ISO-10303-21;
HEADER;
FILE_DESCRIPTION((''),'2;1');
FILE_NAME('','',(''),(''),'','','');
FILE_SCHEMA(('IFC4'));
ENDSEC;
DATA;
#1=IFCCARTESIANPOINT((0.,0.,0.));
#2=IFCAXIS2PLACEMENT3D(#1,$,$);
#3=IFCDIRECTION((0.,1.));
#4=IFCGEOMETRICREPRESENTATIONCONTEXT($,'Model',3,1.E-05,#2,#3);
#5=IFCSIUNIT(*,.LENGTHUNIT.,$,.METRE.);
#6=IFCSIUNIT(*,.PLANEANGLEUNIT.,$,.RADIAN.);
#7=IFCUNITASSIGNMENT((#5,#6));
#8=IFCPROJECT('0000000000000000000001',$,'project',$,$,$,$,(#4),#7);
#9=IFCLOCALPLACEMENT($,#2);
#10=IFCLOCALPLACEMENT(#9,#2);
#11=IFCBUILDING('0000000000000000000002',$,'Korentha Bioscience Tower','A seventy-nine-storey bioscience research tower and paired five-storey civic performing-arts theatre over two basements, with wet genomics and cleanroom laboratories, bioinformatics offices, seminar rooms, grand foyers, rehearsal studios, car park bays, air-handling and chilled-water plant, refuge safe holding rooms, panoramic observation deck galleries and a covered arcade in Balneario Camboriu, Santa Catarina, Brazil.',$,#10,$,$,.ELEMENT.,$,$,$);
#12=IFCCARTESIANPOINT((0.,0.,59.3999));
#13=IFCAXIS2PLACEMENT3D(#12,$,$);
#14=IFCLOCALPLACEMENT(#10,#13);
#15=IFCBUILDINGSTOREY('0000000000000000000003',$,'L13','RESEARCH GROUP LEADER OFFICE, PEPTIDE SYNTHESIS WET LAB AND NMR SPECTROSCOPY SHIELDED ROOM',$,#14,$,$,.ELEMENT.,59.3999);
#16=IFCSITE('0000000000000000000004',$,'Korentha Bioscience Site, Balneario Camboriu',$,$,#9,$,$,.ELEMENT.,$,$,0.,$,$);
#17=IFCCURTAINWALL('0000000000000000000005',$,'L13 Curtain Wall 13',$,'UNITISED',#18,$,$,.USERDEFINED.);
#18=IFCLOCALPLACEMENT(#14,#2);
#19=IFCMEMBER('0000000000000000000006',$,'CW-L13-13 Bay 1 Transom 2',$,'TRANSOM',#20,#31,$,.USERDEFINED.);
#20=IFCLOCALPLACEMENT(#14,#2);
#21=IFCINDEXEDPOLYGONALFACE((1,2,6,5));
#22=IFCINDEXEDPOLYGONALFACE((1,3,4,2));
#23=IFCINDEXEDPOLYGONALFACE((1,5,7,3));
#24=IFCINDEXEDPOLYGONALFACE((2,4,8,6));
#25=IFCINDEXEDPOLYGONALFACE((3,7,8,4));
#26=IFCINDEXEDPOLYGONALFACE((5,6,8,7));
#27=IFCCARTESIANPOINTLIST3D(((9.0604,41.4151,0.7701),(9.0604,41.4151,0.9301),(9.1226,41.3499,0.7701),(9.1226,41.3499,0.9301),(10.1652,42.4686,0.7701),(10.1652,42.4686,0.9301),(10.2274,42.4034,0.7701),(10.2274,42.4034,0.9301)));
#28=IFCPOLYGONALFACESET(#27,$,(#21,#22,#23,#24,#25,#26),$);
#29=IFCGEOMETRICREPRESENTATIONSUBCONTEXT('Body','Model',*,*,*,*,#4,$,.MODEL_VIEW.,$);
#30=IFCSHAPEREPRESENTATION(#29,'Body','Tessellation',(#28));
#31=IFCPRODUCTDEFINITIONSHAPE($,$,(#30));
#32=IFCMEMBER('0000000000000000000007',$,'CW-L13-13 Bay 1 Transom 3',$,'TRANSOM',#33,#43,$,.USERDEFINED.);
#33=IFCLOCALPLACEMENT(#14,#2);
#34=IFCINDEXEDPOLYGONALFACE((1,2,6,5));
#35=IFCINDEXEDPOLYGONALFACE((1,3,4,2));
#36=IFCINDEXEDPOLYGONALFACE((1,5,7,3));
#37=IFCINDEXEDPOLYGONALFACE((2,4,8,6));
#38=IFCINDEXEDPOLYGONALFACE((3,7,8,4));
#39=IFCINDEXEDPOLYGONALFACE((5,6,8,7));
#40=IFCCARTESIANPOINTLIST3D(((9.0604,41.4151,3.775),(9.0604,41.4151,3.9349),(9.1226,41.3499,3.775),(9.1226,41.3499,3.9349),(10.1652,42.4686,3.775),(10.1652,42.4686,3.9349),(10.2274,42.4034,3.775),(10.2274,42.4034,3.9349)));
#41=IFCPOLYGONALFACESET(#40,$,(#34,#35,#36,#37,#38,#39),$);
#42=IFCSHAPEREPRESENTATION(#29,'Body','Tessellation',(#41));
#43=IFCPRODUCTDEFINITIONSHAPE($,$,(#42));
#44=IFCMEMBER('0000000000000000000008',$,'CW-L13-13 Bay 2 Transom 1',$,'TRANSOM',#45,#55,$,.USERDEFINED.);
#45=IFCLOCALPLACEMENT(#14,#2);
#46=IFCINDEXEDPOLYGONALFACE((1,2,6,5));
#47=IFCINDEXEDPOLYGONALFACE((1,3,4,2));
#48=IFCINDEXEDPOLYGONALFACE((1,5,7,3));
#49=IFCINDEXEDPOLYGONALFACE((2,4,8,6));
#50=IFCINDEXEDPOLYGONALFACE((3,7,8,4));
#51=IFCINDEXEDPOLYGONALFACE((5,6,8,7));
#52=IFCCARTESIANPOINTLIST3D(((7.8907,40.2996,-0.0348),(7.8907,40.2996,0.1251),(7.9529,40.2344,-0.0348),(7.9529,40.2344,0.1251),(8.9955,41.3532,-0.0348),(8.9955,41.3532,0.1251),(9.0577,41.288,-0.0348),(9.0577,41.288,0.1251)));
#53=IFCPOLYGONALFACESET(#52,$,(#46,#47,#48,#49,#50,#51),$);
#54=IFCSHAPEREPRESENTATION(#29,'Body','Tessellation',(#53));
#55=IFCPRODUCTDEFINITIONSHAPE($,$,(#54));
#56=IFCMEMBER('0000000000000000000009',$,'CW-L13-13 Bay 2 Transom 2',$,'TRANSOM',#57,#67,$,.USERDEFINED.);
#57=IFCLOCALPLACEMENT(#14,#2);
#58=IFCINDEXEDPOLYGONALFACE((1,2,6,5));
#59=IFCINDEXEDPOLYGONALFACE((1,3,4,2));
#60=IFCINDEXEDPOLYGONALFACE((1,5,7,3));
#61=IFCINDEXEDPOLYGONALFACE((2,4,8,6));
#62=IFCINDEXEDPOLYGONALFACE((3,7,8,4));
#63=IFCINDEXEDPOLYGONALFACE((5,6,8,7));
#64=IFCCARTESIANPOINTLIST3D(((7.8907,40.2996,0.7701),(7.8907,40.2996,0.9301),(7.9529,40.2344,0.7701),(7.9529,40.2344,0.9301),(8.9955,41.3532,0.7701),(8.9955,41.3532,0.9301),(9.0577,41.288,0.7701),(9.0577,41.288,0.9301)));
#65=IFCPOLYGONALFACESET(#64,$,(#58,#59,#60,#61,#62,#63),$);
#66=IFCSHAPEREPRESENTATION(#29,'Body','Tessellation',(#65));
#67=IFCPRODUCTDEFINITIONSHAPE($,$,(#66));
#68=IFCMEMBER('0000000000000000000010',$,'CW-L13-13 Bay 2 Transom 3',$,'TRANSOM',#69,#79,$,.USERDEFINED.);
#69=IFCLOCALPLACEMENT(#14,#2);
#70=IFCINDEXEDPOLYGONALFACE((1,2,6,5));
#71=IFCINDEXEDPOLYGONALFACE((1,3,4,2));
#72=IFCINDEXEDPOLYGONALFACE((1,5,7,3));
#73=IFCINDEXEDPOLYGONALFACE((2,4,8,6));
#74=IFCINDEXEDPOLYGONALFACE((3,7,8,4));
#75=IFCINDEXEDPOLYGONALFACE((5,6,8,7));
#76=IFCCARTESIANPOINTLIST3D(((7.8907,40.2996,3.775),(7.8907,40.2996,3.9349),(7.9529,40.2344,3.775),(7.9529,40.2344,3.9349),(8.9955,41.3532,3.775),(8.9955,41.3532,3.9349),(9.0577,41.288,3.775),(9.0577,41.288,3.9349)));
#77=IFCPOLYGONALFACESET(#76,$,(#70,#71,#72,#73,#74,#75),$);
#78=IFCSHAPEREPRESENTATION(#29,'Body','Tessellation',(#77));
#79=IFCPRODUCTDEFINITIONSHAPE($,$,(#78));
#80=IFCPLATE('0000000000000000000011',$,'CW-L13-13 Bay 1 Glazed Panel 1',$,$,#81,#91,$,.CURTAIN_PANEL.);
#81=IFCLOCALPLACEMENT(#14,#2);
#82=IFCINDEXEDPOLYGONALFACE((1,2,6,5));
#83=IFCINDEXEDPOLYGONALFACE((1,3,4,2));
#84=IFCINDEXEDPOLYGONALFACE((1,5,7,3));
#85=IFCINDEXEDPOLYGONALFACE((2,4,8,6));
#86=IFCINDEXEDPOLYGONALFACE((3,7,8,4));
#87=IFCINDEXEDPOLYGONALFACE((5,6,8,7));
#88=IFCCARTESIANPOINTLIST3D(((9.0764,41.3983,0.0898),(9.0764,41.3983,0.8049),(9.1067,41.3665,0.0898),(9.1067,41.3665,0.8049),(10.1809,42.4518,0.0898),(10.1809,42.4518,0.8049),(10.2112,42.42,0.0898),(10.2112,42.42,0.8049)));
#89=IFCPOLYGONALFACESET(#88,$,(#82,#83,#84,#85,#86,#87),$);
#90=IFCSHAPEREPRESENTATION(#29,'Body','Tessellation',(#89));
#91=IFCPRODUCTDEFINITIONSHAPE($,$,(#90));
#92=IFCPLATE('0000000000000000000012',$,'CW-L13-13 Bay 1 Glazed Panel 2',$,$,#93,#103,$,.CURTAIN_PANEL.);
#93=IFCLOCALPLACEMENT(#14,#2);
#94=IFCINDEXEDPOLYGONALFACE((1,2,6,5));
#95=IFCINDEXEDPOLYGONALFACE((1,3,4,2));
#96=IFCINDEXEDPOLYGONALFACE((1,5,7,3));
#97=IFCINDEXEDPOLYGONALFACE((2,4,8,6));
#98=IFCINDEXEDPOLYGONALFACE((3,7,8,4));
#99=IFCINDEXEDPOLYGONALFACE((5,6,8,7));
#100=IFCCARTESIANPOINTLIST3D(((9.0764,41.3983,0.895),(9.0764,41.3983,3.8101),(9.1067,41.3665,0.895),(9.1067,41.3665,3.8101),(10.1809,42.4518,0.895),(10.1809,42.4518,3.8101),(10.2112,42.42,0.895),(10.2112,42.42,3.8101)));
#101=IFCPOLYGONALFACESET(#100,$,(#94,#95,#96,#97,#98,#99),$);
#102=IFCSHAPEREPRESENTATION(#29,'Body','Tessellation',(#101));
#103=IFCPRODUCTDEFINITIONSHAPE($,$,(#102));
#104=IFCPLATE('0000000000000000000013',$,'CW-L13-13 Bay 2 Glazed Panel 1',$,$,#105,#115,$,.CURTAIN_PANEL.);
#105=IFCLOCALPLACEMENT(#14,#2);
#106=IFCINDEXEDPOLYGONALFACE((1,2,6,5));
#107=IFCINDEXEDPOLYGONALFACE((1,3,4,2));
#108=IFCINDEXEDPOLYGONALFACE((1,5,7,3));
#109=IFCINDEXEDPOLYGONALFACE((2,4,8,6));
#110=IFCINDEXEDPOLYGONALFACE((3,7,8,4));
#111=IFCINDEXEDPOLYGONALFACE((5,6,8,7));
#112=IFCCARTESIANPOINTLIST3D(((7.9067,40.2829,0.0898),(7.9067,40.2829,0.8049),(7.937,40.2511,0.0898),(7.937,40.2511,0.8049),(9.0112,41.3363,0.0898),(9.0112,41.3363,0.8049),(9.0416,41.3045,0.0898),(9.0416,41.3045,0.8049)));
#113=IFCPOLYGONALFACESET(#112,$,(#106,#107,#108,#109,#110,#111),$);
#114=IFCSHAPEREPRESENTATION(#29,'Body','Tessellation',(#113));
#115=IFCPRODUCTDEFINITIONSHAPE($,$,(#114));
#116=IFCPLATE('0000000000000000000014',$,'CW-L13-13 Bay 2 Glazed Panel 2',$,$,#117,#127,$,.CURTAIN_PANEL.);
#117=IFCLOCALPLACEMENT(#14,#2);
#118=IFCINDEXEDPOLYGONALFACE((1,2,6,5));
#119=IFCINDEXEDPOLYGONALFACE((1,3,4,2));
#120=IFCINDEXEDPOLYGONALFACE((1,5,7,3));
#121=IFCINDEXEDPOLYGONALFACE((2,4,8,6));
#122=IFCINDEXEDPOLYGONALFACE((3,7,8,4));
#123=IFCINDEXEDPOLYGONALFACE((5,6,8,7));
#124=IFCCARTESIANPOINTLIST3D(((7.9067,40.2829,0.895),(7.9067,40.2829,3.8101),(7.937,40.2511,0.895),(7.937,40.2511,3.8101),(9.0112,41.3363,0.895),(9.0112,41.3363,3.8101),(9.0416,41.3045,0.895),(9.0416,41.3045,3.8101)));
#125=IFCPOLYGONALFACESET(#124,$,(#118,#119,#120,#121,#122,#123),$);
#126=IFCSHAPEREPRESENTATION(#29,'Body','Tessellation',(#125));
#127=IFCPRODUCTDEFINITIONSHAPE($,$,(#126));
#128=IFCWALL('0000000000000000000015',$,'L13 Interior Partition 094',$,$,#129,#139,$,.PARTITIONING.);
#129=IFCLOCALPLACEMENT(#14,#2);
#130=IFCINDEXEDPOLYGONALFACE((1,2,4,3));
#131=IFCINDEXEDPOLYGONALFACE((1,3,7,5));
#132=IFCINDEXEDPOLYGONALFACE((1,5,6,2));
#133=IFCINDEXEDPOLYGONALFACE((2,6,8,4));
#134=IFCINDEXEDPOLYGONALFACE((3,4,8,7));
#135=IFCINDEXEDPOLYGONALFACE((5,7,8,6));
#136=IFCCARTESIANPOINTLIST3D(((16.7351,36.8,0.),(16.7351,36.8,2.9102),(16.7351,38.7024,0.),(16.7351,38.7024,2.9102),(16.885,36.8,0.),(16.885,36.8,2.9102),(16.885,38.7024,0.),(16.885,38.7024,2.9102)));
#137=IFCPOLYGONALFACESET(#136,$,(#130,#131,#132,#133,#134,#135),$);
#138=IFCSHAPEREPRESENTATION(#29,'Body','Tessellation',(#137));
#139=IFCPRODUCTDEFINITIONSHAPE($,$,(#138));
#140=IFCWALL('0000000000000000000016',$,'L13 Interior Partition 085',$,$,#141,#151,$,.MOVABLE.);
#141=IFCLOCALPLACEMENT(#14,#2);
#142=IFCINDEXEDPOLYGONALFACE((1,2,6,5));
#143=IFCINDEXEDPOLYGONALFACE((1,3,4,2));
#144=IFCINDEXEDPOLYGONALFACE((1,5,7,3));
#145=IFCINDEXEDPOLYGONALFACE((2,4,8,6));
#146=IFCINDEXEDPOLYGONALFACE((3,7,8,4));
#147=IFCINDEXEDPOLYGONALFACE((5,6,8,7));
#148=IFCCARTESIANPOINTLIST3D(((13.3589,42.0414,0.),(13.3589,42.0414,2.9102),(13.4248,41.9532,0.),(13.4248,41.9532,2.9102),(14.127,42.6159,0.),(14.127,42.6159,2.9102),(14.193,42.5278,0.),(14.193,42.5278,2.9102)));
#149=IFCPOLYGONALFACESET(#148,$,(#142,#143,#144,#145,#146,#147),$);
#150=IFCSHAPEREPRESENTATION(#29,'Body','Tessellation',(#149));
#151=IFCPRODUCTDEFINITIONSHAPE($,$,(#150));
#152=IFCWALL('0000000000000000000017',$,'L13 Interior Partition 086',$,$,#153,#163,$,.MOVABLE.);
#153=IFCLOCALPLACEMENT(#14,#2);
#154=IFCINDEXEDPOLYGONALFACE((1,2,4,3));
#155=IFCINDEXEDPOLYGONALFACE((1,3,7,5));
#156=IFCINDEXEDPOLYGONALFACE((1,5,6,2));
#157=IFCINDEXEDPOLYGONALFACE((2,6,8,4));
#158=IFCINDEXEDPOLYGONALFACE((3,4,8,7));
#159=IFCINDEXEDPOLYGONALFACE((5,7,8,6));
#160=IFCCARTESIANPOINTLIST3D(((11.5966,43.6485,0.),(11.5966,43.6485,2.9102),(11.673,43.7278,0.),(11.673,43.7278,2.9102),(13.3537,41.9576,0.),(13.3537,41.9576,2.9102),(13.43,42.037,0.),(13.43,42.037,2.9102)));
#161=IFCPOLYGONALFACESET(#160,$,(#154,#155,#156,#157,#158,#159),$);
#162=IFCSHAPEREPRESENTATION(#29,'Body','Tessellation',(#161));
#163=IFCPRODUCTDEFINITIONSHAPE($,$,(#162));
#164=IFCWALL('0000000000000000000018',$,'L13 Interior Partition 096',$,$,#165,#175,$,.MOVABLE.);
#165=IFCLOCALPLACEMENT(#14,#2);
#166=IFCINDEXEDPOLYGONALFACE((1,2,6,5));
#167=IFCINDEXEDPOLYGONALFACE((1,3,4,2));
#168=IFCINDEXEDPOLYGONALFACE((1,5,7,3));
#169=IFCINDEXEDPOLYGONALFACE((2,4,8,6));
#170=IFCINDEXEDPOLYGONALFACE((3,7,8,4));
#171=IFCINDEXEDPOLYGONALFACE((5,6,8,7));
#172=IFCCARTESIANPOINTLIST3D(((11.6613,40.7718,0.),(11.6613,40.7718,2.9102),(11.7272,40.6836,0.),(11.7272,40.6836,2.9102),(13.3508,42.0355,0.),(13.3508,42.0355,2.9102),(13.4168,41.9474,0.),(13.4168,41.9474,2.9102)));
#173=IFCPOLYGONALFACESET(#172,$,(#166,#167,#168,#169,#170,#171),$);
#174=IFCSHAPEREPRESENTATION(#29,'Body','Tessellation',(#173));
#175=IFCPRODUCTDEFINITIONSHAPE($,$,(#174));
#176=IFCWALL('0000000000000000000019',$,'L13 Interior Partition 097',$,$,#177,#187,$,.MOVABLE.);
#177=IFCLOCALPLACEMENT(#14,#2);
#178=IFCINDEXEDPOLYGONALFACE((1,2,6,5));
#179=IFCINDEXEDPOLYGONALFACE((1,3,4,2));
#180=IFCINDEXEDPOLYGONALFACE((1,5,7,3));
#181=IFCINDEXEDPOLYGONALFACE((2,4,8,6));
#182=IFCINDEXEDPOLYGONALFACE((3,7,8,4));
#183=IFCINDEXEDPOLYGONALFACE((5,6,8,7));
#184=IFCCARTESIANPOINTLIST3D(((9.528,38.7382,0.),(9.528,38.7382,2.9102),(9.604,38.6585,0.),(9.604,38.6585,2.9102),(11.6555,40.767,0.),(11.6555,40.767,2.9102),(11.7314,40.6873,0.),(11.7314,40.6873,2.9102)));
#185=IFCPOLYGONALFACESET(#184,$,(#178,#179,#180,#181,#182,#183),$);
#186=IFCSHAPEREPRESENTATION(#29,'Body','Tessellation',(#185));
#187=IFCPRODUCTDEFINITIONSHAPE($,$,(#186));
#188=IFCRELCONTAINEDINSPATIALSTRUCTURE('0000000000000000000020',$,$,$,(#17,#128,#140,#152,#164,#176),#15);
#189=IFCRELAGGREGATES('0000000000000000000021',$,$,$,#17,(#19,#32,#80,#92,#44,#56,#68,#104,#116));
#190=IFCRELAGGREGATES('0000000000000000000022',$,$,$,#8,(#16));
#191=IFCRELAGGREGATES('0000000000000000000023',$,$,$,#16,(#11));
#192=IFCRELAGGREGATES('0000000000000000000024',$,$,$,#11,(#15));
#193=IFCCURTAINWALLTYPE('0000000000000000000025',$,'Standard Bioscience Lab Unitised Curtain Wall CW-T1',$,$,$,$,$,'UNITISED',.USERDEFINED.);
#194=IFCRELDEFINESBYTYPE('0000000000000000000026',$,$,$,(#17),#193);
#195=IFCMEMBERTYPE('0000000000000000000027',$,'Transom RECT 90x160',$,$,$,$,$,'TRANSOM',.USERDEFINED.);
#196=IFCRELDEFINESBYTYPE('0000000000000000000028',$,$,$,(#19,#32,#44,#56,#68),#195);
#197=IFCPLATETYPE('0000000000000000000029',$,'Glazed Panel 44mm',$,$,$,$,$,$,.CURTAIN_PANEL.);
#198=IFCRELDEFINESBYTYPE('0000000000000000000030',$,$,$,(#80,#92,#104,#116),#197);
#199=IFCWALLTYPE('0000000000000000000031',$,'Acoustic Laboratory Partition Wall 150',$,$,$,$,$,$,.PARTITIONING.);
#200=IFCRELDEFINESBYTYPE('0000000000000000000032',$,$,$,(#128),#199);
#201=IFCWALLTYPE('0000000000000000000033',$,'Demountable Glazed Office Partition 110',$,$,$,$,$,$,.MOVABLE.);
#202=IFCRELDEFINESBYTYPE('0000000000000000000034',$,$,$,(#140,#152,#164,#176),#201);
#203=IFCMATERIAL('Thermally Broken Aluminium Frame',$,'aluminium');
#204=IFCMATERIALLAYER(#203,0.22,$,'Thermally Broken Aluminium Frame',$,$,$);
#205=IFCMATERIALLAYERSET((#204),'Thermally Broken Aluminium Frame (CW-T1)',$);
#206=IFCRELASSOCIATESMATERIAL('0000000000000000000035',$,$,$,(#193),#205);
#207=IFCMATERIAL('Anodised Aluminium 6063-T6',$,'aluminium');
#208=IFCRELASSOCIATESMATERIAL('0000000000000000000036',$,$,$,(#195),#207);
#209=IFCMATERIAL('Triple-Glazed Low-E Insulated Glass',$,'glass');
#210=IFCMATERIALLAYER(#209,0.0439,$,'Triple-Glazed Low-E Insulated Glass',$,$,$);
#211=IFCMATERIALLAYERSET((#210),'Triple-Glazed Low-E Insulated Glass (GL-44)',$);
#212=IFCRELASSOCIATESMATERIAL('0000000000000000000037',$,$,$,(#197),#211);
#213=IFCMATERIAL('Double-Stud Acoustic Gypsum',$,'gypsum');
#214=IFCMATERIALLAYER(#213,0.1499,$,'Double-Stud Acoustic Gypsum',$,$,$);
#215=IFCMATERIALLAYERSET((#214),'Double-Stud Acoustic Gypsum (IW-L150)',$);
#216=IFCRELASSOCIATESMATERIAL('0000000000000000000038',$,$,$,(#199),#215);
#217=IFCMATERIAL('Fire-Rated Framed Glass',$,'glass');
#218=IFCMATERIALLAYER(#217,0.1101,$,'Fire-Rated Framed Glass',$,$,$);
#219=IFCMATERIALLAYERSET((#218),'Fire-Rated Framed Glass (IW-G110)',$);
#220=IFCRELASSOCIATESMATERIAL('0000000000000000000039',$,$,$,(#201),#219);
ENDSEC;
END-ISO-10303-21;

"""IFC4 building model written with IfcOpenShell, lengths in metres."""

from ifc_helpers import new_model, si_unit, direction, frame, frame_2d, origin, origin_2d, place, context, subcontext, project, spatial, rectangle, extrude, material, layer, layer_set, material_profile, profile_set, type_object, element, aggregate, save


model = new_model("IFC4")

# Units and contexts
model_context = context("Model", 3, precision=1e-05, world=origin(), true_north=direction((0.0, 1.0)))
body_context = subcontext(model_context, "Body", "Model", "MODEL_VIEW")
ifc_project = project(units=[si_unit("LENGTHUNIT", "METRE"), si_unit("PLANEANGLEUNIT", "RADIAN")], contexts=[model_context])

# Site, building, storey
site_placement = place(None, origin())
site = spatial("IfcSite", under=ifc_project, at=site_placement, Name="Korentha Bioscience Site, Balneario Camboriu", CompositionType="ELEMENT", RefElevation=0.0)
building_placement = place(site_placement, origin())
building = spatial("IfcBuilding", under=site, at=building_placement, Name="Korentha Bioscience Tower", Description="A seventy-nine-storey bioscience research tower and paired five-storey civic performing-arts theatre over two basements, with wet genomics and cleanroom laboratories, bioinformatics offices, seminar rooms, grand foyers, rehearsal studios, car park bays, air-handling and chilled-water plant, refuge safe holding rooms, panoramic observation deck galleries and a covered arcade in Balneario Camboriu, Santa Catarina, Brazil.", CompositionType="ELEMENT")
storey_placement = place(building_placement, frame((0.0, 0.0, 59.3999)))
storey = spatial("IfcBuildingStorey", under=building, at=storey_placement, Name="L13", Description="RESEARCH GROUP LEADER OFFICE, PEPTIDE SYNTHESIS WET LAB AND NMR SPECTROSCOPY SHIELDED ROOM", CompositionType="ELEMENT", Elevation=59.3999)

# Curtain wall
ifc_material_1 = material(Name="Thermally Broken Aluminium Frame", Category="aluminium")
ifc_layer_1 = layer(ifc_material_1, 0.22, Name="Thermally Broken Aluminium Frame")
ifc_layer_set_1 = layer_set([ifc_layer_1], Name="Thermally Broken Aluminium Frame (CW-T1)")
curtain_wall_type = type_object("IfcCurtainWallType", Name="Standard Bioscience Lab Unitised Curtain Wall CW-T1", ElementType="UNITISED", PredefinedType="USERDEFINED", material=ifc_layer_set_1)
curtain_wall_placement = place(storey_placement, origin())
curtain_wall = element("IfcCurtainWall", 1, at=curtain_wall_placement, inside=storey, type_object=curtain_wall_type, Name="L13 Curtain Wall 13", ObjectType="UNITISED", PredefinedType="USERDEFINED")
ifc_material_2 = material(Name="Anodised Aluminium 6063-T6", Category="aluminium")

# Members
ifc_material_profile_1 = material_profile(ifc_material_2, rectangle(XDim=0.0901, YDim=0.1599, at=origin_2d()), Name="Anodised Aluminium 6063-T6")
ifc_profile_set_1 = profile_set([ifc_material_profile_1], Name="Anodised Aluminium 6063-T6 (CW-TRN)")
member_type_1 = type_object("IfcMemberType", Name="Transom RECT 90x160", ElementType="TRANSOM", PredefinedType="USERDEFINED", material=ifc_profile_set_1)
member_1_placement = place(storey_placement, frame((10.1963, 42.436, 0.8501), z_axis=(-0.7237, -0.690114, 0.0), x_axis=(0.690114, -0.7237, 0.0)))
member_1 = element("IfcMember", 2, at=member_1_placement, type_object=member_type_1, Name="CW-L13-13 Bay 1 Transom 2", ObjectType="TRANSOM", PredefinedType="USERDEFINED", context=body_context, shape_type="SweptSolid", body=[
    extrude(rectangle(XDim=0.0901, YDim=0.1599, at=origin_2d()), origin(), (0.0, 0.0, 1.0), 1.5266),
])
member_2_placement = place(storey_placement, frame((10.1963, 42.436, 3.855), z_axis=(-0.7237, -0.690114, 0.0), x_axis=(0.690114, -0.7237, 0.0)))
member_2 = element("IfcMember", 3, at=member_2_placement, type_object=member_type_1, Name="CW-L13-13 Bay 1 Transom 3", ObjectType="TRANSOM", PredefinedType="USERDEFINED", context=body_context, shape_type="SweptSolid", body=[
    extrude(rectangle(XDim=0.0901, YDim=0.1599, at=origin_2d()), origin(), (0.0, 0.0, 1.0), 1.5266),
])
member_3_placement = place(storey_placement, frame((9.0266, 41.3206, 0.0452), z_axis=(-0.7237, -0.690114, 0.0), x_axis=(0.690114, -0.7237, 0.0)))
member_3 = element("IfcMember", 4, at=member_3_placement, type_object=member_type_1, Name="CW-L13-13 Bay 2 Transom 1", ObjectType="TRANSOM", PredefinedType="USERDEFINED", context=body_context, shape_type="SweptSolid", body=[
    extrude(rectangle(XDim=0.0901, YDim=0.1599, at=origin_2d()), origin(), (0.0, 0.0, 1.0), 1.5266),
])
member_4_placement = place(storey_placement, frame((9.0266, 41.3206, 0.8501), z_axis=(-0.7237, -0.690114, 0.0), x_axis=(0.690114, -0.7237, 0.0)))
member_4 = element("IfcMember", 5, at=member_4_placement, type_object=member_type_1, Name="CW-L13-13 Bay 2 Transom 2", ObjectType="TRANSOM", PredefinedType="USERDEFINED", context=body_context, shape_type="SweptSolid", body=[
    extrude(rectangle(XDim=0.0901, YDim=0.1599, at=origin_2d()), origin(), (0.0, 0.0, 1.0), 1.5266),
])
member_5_placement = place(storey_placement, frame((9.0266, 41.3206, 3.855), z_axis=(-0.7237, -0.690114, 0.0), x_axis=(0.690114, -0.7237, 0.0)))
member_5 = element("IfcMember", 6, at=member_5_placement, type_object=member_type_1, Name="CW-L13-13 Bay 2 Transom 3", ObjectType="TRANSOM", PredefinedType="USERDEFINED", context=body_context, shape_type="SweptSolid", body=[
    extrude(rectangle(XDim=0.0901, YDim=0.1599, at=origin_2d()), origin(), (0.0, 0.0, 1.0), 1.5266),
])

# Plates
ifc_material_3 = material(Name="Triple-Glazed Low-E Insulated Glass", Category="glass")
ifc_layer_2 = layer(ifc_material_3, 0.0439, Name="Triple-Glazed Low-E Insulated Glass")
ifc_layer_set_2 = layer_set([ifc_layer_2], Name="Triple-Glazed Low-E Insulated Glass (GL-44)")
plate_type = type_object("IfcPlateType", Name="Glazed Panel 44mm", PredefinedType="CURTAIN_PANEL", material=ifc_layer_set_2)
plate_1_placement = place(storey_placement, frame((9.6438, 41.9092, 0.0898), z_axis=(0.0, 0.0, 1.0), x_axis=(-0.723642, -0.690176, 0.0)))
plate_1 = element("IfcPlate", 7, at=plate_1_placement, type_object=plate_type, Name="CW-L13-13 Bay 1 Glazed Panel 1", PredefinedType="CURTAIN_PANEL", context=body_context, shape_type="SweptSolid", body=[
    extrude(rectangle(XDim=1.5264, YDim=0.0439, at=origin_2d()), origin(), (0.0, 0.0, 1.0), 0.7151),
])
plate_2_placement = place(storey_placement, frame((9.6438, 41.9092, 0.895), z_axis=(0.0, 0.0, 1.0), x_axis=(-0.723642, -0.690176, 0.0)))
plate_2 = element("IfcPlate", 8, at=plate_2_placement, type_object=plate_type, Name="CW-L13-13 Bay 1 Glazed Panel 2", PredefinedType="CURTAIN_PANEL", context=body_context, shape_type="SweptSolid", body=[
    extrude(rectangle(XDim=1.5264, YDim=0.0439, at=origin_2d()), origin(), (0.0, 0.0, 1.0), 2.915),
])
plate_3_placement = place(storey_placement, frame((8.4741, 40.7937, 0.0898), z_axis=(0.0, 0.0, 1.0), x_axis=(-0.723642, -0.690176, 0.0)))
plate_3 = element("IfcPlate", 9, at=plate_3_placement, type_object=plate_type, Name="CW-L13-13 Bay 2 Glazed Panel 1", PredefinedType="CURTAIN_PANEL", context=body_context, shape_type="SweptSolid", body=[
    extrude(rectangle(XDim=1.5264, YDim=0.0439, at=origin_2d()), origin(), (0.0, 0.0, 1.0), 0.7151),
])
plate_4_placement = place(storey_placement, frame((8.4741, 40.7937, 0.895), z_axis=(0.0, 0.0, 1.0), x_axis=(-0.723642, -0.690176, 0.0)))
plate_4 = element("IfcPlate", 10, at=plate_4_placement, type_object=plate_type, Name="CW-L13-13 Bay 2 Glazed Panel 2", PredefinedType="CURTAIN_PANEL", context=body_context, shape_type="SweptSolid", body=[
    extrude(rectangle(XDim=1.5264, YDim=0.0439, at=origin_2d()), origin(), (0.0, 0.0, 1.0), 2.915),
])
aggregate(curtain_wall, [member_1, member_2, plate_1, plate_2, member_3, member_4, member_5, plate_3, plate_4])

# Wall
ifc_material_4 = material(Name="Double-Stud Acoustic Gypsum", Category="gypsum")
ifc_layer_3 = layer(ifc_material_4, 0.1499, Name="Double-Stud Acoustic Gypsum")
ifc_layer_set_3 = layer_set([ifc_layer_3], Name="Double-Stud Acoustic Gypsum (IW-L150)")
wall_type_1 = type_object("IfcWallType", Name="Acoustic Laboratory Partition Wall 150", PredefinedType="PARTITIONING", material=ifc_layer_set_3)
wall_1_placement = place(storey_placement, frame((16.8101, 36.8, 0.0), z_axis=(0.0, 0.0, 1.0), x_axis=(0.0, 1.0, 0.0)))
element("IfcWall", 11, at=wall_1_placement, inside=storey, type_object=wall_type_1, Name="L13 Interior Partition 094", PredefinedType="PARTITIONING", context=body_context, shape_type="SweptSolid", body=[
    extrude(rectangle(XDim=1.9023, YDim=0.1499, at=frame_2d((0.9512, 0.0))), origin(), (0.0, 0.0, 1.0), 2.9102),
])

# Shared definitions
ifc_material_5 = material(Name="Fire-Rated Framed Glass", Category="glass")
ifc_layer_4 = layer(ifc_material_5, 0.1101, Name="Fire-Rated Framed Glass")
ifc_layer_set_4 = layer_set([ifc_layer_4], Name="Fire-Rated Framed Glass (IW-G110)")
wall_type_2 = type_object("IfcWallType", Name="Demountable Glazed Office Partition 110", PredefinedType="MOVABLE", material=ifc_layer_set_4)

# Walls
wall_2_placement = place(storey_placement, frame((14.1599, 42.5718, 0.0), z_axis=(0.0, 0.0, 1.0), x_axis=(-0.800793, -0.598941, 0.0)))
element("IfcWall", 12, at=wall_2_placement, inside=storey, type_object=wall_type_2, Name="L13 Interior Partition 085", PredefinedType="MOVABLE", context=body_context, shape_type="SweptSolid", body=[
    extrude(rectangle(XDim=0.9592, YDim=0.1101, at=frame_2d((0.4795, 0.0))), origin(), (0.0, 0.0, 1.0), 2.9102),
])
wall_3_placement = place(storey_placement, frame((13.3918, 41.9973, 0.0), z_axis=(0.0, 0.0, 1.0), x_axis=(-0.720543, 0.693411, 0.0)))
element("IfcWall", 13, at=wall_3_placement, inside=storey, type_object=wall_type_2, Name="L13 Interior Partition 086", PredefinedType="MOVABLE", context=body_context, shape_type="SweptSolid", body=[
    extrude(rectangle(XDim=2.4385, YDim=0.1101, at=frame_2d((1.2192, 0.0))), origin(), (0.0, 0.0, 1.0), 2.9102),
])
wall_4_placement = place(storey_placement, frame((13.3838, 41.9915, 0.0), z_axis=(0.0, 0.0, 1.0), x_axis=(-0.800777, -0.598963, 0.0)))
element("IfcWall", 14, at=wall_4_placement, inside=storey, type_object=wall_type_2, Name="L13 Interior Partition 096", PredefinedType="MOVABLE", context=body_context, shape_type="SweptSolid", body=[
    extrude(rectangle(XDim=2.1099, YDim=0.1101, at=frame_2d((1.0549, 0.0))), origin(), (0.0, 0.0, 1.0), 2.9102),
])
wall_5_placement = place(storey_placement, frame((11.6934, 40.7271, 0.0), z_axis=(0.0, 0.0, 1.0), x_axis=(-0.723684, -0.690132, 0.0)))
element("IfcWall", 15, at=wall_5_placement, inside=storey, type_object=wall_type_2, Name="L13 Interior Partition 097", PredefinedType="MOVABLE", context=body_context, shape_type="SweptSolid", body=[
    extrude(rectangle(XDim=2.9397, YDim=0.1101, at=frame_2d((1.4697, 0.0))), origin(), (0.0, 0.0, 1.0), 2.9102),
])

save(model, "model.ifc")
